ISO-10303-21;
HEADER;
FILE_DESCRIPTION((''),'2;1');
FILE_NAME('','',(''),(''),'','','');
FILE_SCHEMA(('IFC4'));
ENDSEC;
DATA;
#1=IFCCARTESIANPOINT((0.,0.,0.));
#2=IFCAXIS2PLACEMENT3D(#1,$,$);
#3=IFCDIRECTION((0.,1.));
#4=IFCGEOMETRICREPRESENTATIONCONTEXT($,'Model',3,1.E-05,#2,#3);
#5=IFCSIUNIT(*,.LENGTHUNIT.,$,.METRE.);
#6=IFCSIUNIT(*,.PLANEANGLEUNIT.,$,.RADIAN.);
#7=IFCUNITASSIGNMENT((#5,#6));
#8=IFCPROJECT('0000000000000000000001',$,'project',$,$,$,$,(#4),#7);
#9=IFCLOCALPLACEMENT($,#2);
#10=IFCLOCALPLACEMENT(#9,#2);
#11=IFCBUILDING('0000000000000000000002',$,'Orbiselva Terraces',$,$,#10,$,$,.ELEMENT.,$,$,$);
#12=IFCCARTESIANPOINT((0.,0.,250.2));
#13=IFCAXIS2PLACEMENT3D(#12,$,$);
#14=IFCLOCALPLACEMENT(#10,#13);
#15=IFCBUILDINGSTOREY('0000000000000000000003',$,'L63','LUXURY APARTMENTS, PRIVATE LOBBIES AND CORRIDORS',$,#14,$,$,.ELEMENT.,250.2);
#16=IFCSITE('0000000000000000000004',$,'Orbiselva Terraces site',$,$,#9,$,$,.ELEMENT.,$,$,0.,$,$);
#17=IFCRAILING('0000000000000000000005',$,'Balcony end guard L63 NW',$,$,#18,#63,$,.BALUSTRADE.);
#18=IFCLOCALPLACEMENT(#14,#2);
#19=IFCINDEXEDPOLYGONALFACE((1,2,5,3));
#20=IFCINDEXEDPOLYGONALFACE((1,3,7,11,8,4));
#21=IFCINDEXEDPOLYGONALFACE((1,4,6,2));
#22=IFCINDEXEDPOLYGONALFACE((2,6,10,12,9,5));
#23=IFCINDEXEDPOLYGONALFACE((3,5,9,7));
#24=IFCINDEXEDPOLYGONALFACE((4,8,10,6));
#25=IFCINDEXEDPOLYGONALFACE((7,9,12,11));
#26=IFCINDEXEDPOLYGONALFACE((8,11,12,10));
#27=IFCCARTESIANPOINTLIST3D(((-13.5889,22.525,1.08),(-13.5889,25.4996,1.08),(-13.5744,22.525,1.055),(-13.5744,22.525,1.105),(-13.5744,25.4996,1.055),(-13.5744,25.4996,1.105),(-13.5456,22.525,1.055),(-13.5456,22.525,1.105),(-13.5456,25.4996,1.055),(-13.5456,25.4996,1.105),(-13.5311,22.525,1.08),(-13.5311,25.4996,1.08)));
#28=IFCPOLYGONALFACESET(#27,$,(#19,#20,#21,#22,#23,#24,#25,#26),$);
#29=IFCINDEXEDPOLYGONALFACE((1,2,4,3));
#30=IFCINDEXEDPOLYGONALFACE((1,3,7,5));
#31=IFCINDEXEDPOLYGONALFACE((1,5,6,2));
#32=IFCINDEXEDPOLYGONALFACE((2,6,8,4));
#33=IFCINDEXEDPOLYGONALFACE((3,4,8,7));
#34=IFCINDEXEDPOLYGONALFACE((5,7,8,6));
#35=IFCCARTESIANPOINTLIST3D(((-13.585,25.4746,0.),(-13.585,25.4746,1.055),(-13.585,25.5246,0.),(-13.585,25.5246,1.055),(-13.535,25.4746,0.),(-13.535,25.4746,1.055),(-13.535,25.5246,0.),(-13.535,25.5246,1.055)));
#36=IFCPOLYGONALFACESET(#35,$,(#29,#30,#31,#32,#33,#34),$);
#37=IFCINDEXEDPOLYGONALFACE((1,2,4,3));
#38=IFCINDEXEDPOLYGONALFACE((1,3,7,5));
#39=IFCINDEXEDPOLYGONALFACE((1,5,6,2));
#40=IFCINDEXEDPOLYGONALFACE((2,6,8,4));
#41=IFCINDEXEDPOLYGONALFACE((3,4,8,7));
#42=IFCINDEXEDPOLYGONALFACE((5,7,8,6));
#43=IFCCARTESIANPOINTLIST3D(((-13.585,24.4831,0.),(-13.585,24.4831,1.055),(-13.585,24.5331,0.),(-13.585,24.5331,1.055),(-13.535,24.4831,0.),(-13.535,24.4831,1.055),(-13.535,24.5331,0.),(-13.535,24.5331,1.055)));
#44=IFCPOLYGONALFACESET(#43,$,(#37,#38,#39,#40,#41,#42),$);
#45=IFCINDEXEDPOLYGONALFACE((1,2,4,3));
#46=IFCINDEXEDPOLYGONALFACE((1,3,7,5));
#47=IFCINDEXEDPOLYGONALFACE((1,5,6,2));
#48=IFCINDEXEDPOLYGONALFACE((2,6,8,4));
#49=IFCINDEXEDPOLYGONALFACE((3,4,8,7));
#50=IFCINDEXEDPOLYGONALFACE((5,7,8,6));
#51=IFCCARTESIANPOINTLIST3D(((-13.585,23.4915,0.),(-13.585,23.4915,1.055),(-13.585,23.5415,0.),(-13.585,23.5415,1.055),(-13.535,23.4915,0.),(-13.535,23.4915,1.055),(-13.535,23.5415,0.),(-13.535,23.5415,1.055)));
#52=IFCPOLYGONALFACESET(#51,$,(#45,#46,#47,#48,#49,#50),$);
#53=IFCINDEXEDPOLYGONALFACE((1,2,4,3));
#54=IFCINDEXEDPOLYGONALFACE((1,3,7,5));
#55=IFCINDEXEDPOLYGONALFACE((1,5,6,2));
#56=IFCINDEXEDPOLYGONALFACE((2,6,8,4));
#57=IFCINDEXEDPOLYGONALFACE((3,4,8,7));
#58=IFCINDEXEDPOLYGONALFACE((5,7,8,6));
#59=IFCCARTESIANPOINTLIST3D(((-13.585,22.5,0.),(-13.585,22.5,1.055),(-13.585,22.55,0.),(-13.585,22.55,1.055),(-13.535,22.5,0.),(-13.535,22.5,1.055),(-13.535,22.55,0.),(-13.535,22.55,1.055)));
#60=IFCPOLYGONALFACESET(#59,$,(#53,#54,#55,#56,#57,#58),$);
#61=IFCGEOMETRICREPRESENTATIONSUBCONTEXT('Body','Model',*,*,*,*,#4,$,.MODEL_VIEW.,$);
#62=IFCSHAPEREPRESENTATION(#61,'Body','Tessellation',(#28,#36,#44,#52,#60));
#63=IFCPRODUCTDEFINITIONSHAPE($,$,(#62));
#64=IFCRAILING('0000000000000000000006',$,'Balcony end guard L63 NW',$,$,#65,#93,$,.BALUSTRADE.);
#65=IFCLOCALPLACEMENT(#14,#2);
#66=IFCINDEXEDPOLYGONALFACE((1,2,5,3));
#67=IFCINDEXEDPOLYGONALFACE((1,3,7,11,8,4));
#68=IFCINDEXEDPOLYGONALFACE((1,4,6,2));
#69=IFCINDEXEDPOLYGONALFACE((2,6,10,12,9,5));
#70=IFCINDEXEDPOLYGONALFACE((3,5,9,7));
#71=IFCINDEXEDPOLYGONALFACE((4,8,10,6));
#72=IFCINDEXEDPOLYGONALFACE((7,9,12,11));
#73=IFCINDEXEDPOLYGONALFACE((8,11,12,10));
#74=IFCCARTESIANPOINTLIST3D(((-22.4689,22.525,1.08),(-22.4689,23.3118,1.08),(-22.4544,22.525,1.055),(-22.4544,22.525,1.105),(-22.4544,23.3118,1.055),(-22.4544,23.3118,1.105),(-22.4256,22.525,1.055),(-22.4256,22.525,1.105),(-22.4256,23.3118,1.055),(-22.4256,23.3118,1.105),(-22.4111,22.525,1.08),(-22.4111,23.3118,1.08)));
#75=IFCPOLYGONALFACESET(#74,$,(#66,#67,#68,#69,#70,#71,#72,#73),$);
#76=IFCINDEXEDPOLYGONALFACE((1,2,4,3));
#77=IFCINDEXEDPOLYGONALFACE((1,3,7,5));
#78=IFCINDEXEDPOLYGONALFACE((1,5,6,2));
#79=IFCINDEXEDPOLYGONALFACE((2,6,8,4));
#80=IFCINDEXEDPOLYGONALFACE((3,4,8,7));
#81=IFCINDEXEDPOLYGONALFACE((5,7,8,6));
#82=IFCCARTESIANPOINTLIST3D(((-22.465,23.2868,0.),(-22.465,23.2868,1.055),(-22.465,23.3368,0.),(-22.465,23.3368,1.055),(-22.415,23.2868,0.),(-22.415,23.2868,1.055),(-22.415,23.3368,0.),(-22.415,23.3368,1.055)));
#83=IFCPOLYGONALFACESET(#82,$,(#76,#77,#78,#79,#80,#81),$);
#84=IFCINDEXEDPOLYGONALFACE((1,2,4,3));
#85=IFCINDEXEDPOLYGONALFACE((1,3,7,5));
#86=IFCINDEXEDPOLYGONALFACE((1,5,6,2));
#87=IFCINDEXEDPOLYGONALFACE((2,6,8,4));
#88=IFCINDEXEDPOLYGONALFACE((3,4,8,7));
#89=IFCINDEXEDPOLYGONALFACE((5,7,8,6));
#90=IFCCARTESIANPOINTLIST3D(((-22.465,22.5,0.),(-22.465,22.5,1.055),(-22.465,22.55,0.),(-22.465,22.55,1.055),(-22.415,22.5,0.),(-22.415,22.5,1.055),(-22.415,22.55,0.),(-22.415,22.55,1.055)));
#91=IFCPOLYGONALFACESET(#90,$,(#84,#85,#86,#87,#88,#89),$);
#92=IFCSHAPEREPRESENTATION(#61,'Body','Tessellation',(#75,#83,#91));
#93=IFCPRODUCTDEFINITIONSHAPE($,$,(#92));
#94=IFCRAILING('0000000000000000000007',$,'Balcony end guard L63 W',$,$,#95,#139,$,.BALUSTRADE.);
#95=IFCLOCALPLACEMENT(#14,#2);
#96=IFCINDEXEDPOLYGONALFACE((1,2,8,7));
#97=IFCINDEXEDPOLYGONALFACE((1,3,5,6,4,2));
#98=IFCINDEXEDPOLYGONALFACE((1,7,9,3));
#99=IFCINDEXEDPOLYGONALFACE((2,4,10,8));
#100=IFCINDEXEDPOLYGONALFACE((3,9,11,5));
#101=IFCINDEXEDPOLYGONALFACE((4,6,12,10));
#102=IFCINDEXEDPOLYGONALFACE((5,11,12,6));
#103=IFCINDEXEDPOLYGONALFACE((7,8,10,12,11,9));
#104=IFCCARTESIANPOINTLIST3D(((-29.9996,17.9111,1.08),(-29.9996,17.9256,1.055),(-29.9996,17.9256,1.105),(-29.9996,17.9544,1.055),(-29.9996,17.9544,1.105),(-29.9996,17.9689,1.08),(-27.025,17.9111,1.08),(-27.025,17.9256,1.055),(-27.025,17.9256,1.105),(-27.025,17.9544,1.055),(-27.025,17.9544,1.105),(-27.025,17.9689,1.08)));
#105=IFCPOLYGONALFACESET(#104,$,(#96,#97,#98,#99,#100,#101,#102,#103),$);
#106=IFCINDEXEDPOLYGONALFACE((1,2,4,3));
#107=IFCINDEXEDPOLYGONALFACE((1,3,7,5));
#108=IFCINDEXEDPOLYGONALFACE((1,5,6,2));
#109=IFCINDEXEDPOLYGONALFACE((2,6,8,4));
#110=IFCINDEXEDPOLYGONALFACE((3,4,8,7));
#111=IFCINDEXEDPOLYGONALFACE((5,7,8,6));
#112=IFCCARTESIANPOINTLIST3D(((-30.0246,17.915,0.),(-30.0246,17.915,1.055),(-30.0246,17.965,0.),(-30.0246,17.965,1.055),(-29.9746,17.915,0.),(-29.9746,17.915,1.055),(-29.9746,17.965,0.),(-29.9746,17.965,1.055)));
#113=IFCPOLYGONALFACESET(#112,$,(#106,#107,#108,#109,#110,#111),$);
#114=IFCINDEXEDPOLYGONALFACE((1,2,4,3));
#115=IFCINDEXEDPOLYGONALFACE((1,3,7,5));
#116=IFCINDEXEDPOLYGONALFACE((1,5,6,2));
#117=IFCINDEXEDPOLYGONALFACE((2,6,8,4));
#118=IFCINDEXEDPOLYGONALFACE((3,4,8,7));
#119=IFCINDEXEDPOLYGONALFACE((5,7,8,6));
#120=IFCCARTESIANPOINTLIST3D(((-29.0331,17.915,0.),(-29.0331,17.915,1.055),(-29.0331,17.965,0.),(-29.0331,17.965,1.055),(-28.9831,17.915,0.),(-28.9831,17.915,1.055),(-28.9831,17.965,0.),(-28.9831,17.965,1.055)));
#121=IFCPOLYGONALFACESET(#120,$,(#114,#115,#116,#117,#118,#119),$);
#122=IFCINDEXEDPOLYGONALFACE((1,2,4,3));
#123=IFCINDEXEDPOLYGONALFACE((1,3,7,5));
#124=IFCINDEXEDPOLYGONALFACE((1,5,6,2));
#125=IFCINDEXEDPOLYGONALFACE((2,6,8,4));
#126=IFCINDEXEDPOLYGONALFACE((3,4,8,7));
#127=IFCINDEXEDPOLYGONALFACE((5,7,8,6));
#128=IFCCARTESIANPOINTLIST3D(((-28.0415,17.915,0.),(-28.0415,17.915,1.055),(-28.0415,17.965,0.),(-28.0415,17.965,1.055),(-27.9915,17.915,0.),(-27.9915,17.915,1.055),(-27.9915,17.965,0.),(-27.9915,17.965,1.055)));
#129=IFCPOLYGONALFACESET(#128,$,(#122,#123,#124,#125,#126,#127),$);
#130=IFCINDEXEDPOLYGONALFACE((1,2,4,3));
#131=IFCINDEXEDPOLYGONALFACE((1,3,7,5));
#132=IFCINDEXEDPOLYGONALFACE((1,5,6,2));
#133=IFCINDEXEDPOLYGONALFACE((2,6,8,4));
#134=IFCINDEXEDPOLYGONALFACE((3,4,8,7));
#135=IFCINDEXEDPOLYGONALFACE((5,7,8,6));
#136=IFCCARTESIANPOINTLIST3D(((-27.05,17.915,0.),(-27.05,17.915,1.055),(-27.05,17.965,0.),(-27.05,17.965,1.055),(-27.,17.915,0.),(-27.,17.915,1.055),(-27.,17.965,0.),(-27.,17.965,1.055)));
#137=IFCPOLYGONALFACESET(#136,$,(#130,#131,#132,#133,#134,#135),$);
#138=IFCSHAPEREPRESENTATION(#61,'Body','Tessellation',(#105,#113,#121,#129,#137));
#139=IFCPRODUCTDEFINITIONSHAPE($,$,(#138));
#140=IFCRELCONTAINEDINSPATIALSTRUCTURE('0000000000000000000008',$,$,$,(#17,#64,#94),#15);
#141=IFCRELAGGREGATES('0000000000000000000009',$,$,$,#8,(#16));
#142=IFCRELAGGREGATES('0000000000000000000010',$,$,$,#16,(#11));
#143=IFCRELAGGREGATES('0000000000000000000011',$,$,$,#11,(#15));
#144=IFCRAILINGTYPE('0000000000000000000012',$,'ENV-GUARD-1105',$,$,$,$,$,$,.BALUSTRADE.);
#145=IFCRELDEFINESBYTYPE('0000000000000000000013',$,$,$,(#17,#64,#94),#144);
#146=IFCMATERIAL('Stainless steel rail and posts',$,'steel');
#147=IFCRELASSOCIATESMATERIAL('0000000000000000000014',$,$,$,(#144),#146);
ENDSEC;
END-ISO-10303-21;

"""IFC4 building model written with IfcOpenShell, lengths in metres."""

from ifc_helpers import new_model, si_unit, direction, frame, origin, origin_2d, place, context, subcontext, project, spatial, polyline, rectangle, outline, extrude, material, type_object, element, save


model = new_model("IFC4")

# Units and contexts
model_context = context("Model", 3, precision=1e-05, world=origin(), true_north=direction((0.0, 1.0)))
body_context = subcontext(model_context, "Body", "Model", "MODEL_VIEW")
ifc_project = project(units=[si_unit("LENGTHUNIT", "METRE"), si_unit("PLANEANGLEUNIT", "RADIAN")], contexts=[model_context])

# Site, building, storey
site_placement = place(None, origin())
site = spatial("IfcSite", under=ifc_project, at=site_placement, Name="Orbiselva Terraces site", CompositionType="ELEMENT", RefElevation=0.0)
building_placement = place(site_placement, origin())
building = spatial("IfcBuilding", under=site, at=building_placement, Name="Orbiselva Terraces", CompositionType="ELEMENT")
storey_placement = place(building_placement, frame((0.0, 0.0, 250.2)))
storey = spatial("IfcBuildingStorey", under=building, at=storey_placement, Name="L63", Description="LUXURY APARTMENTS, PRIVATE LOBBIES AND CORRIDORS", CompositionType="ELEMENT", Elevation=250.2)

# Railings
ifc_material_1 = material(Name="Stainless steel rail and posts", Category="steel")
railing_type_1 = type_object("IfcRailingType", Name="ENV-GUARD-1105", PredefinedType="BALUSTRADE", material=ifc_material_1)
railing_1_placement = place(storey_placement, frame((-13.56, 25.4996, 0.0)))
element("IfcRailing", 1, at=railing_1_placement, inside=storey, type_object=railing_type_1, Name="Balcony end guard L63 NW", PredefinedType="BALUSTRADE", context=body_context, shape_type="SweptSolid", body=[
    extrude(outline(polyline([(0.0289, 0.0), (0.0144, 0.025), (-0.0144, 0.025), (-0.0289, 0.0), (-0.0144, -0.025), (0.0144, -0.025), (0.0289, 0.0)])), frame((0.0, 0.0, 1.08), z_axis=(0.0, -1.0, 0.0), x_axis=(1.0, 0.0, 0.0)), (0.0, 0.0, 1.0), 2.9746),
    extrude(rectangle(XDim=0.05, YDim=0.05, at=origin_2d()), origin(), (0.0, 0.0, 1.0), 1.055),
    extrude(rectangle(XDim=0.05, YDim=0.05, at=origin_2d()), frame((0.0, -0.9915, 0.0)), (0.0, 0.0, 1.0), 1.055),
    extrude(rectangle(XDim=0.05, YDim=0.05, at=origin_2d()), frame((0.0, -1.9831, 0.0)), (0.0, 0.0, 1.0), 1.055),
    extrude(rectangle(XDim=0.05, YDim=0.05, at=origin_2d()), frame((0.0, -2.9746, 0.0)), (0.0, 0.0, 1.0), 1.055),
])
railing_2_placement = place(storey_placement, frame((-22.44, 23.3118, 0.0)))
element("IfcRailing", 2, at=railing_2_placement, inside=storey, type_object=railing_type_1, Name="Balcony end guard L63 NW", PredefinedType="BALUSTRADE", context=body_context, shape_type="SweptSolid", body=[
    extrude(outline(polyline([(0.0289, 0.0), (0.0144, 0.025), (-0.0144, 0.025), (-0.0289, 0.0), (-0.0144, -0.025), (0.0144, -0.025), (0.0289, 0.0)])), frame((0.0, 0.0, 1.08), z_axis=(0.0, -1.0, 0.0), x_axis=(1.0, 0.0, 0.0)), (0.0, 0.0, 1.0), 0.7868),
    extrude(rectangle(XDim=0.05, YDim=0.05, at=origin_2d()), origin(), (0.0, 0.0, 1.0), 1.055),
    extrude(rectangle(XDim=0.05, YDim=0.05, at=origin_2d()), frame((0.0, -0.7868, 0.0)), (0.0, 0.0, 1.0), 1.055),
])
railing_3_placement = place(storey_placement, frame((-29.9996, 17.94, 0.0)))
element("IfcRailing", 3, at=railing_3_placement, inside=storey, type_object=railing_type_1, Name="Balcony end guard L63 W", PredefinedType="BALUSTRADE", context=body_context, shape_type="SweptSolid", body=[
    extrude(outline(polyline([(0.0289, 0.0), (0.0144, 0.025), (-0.0144, 0.025), (-0.0289, 0.0), (-0.0144, -0.025), (0.0144, -0.025), (0.0289, 0.0)])), frame((0.0, 0.0, 1.08), z_axis=(1.0, 0.0, 0.0), x_axis=(0.0, 1.0, 0.0)), (0.0, 0.0, 1.0), 2.9746),
    extrude(rectangle(XDim=0.05, YDim=0.05, at=origin_2d()), origin(), (0.0, 0.0, 1.0), 1.055),
    extrude(rectangle(XDim=0.05, YDim=0.05, at=origin_2d()), frame((0.9915, 0.0, 0.0)), (0.0, 0.0, 1.0), 1.055),
    extrude(rectangle(XDim=0.05, YDim=0.05, at=origin_2d()), frame((1.9831, 0.0, 0.0)), (0.0, 0.0, 1.0), 1.055),
    extrude(rectangle(XDim=0.05, YDim=0.05, at=origin_2d()), frame((2.9746, 0.0, 0.0)), (0.0, 0.0, 1.0), 1.055),
])

save(model, "model.ifc")
